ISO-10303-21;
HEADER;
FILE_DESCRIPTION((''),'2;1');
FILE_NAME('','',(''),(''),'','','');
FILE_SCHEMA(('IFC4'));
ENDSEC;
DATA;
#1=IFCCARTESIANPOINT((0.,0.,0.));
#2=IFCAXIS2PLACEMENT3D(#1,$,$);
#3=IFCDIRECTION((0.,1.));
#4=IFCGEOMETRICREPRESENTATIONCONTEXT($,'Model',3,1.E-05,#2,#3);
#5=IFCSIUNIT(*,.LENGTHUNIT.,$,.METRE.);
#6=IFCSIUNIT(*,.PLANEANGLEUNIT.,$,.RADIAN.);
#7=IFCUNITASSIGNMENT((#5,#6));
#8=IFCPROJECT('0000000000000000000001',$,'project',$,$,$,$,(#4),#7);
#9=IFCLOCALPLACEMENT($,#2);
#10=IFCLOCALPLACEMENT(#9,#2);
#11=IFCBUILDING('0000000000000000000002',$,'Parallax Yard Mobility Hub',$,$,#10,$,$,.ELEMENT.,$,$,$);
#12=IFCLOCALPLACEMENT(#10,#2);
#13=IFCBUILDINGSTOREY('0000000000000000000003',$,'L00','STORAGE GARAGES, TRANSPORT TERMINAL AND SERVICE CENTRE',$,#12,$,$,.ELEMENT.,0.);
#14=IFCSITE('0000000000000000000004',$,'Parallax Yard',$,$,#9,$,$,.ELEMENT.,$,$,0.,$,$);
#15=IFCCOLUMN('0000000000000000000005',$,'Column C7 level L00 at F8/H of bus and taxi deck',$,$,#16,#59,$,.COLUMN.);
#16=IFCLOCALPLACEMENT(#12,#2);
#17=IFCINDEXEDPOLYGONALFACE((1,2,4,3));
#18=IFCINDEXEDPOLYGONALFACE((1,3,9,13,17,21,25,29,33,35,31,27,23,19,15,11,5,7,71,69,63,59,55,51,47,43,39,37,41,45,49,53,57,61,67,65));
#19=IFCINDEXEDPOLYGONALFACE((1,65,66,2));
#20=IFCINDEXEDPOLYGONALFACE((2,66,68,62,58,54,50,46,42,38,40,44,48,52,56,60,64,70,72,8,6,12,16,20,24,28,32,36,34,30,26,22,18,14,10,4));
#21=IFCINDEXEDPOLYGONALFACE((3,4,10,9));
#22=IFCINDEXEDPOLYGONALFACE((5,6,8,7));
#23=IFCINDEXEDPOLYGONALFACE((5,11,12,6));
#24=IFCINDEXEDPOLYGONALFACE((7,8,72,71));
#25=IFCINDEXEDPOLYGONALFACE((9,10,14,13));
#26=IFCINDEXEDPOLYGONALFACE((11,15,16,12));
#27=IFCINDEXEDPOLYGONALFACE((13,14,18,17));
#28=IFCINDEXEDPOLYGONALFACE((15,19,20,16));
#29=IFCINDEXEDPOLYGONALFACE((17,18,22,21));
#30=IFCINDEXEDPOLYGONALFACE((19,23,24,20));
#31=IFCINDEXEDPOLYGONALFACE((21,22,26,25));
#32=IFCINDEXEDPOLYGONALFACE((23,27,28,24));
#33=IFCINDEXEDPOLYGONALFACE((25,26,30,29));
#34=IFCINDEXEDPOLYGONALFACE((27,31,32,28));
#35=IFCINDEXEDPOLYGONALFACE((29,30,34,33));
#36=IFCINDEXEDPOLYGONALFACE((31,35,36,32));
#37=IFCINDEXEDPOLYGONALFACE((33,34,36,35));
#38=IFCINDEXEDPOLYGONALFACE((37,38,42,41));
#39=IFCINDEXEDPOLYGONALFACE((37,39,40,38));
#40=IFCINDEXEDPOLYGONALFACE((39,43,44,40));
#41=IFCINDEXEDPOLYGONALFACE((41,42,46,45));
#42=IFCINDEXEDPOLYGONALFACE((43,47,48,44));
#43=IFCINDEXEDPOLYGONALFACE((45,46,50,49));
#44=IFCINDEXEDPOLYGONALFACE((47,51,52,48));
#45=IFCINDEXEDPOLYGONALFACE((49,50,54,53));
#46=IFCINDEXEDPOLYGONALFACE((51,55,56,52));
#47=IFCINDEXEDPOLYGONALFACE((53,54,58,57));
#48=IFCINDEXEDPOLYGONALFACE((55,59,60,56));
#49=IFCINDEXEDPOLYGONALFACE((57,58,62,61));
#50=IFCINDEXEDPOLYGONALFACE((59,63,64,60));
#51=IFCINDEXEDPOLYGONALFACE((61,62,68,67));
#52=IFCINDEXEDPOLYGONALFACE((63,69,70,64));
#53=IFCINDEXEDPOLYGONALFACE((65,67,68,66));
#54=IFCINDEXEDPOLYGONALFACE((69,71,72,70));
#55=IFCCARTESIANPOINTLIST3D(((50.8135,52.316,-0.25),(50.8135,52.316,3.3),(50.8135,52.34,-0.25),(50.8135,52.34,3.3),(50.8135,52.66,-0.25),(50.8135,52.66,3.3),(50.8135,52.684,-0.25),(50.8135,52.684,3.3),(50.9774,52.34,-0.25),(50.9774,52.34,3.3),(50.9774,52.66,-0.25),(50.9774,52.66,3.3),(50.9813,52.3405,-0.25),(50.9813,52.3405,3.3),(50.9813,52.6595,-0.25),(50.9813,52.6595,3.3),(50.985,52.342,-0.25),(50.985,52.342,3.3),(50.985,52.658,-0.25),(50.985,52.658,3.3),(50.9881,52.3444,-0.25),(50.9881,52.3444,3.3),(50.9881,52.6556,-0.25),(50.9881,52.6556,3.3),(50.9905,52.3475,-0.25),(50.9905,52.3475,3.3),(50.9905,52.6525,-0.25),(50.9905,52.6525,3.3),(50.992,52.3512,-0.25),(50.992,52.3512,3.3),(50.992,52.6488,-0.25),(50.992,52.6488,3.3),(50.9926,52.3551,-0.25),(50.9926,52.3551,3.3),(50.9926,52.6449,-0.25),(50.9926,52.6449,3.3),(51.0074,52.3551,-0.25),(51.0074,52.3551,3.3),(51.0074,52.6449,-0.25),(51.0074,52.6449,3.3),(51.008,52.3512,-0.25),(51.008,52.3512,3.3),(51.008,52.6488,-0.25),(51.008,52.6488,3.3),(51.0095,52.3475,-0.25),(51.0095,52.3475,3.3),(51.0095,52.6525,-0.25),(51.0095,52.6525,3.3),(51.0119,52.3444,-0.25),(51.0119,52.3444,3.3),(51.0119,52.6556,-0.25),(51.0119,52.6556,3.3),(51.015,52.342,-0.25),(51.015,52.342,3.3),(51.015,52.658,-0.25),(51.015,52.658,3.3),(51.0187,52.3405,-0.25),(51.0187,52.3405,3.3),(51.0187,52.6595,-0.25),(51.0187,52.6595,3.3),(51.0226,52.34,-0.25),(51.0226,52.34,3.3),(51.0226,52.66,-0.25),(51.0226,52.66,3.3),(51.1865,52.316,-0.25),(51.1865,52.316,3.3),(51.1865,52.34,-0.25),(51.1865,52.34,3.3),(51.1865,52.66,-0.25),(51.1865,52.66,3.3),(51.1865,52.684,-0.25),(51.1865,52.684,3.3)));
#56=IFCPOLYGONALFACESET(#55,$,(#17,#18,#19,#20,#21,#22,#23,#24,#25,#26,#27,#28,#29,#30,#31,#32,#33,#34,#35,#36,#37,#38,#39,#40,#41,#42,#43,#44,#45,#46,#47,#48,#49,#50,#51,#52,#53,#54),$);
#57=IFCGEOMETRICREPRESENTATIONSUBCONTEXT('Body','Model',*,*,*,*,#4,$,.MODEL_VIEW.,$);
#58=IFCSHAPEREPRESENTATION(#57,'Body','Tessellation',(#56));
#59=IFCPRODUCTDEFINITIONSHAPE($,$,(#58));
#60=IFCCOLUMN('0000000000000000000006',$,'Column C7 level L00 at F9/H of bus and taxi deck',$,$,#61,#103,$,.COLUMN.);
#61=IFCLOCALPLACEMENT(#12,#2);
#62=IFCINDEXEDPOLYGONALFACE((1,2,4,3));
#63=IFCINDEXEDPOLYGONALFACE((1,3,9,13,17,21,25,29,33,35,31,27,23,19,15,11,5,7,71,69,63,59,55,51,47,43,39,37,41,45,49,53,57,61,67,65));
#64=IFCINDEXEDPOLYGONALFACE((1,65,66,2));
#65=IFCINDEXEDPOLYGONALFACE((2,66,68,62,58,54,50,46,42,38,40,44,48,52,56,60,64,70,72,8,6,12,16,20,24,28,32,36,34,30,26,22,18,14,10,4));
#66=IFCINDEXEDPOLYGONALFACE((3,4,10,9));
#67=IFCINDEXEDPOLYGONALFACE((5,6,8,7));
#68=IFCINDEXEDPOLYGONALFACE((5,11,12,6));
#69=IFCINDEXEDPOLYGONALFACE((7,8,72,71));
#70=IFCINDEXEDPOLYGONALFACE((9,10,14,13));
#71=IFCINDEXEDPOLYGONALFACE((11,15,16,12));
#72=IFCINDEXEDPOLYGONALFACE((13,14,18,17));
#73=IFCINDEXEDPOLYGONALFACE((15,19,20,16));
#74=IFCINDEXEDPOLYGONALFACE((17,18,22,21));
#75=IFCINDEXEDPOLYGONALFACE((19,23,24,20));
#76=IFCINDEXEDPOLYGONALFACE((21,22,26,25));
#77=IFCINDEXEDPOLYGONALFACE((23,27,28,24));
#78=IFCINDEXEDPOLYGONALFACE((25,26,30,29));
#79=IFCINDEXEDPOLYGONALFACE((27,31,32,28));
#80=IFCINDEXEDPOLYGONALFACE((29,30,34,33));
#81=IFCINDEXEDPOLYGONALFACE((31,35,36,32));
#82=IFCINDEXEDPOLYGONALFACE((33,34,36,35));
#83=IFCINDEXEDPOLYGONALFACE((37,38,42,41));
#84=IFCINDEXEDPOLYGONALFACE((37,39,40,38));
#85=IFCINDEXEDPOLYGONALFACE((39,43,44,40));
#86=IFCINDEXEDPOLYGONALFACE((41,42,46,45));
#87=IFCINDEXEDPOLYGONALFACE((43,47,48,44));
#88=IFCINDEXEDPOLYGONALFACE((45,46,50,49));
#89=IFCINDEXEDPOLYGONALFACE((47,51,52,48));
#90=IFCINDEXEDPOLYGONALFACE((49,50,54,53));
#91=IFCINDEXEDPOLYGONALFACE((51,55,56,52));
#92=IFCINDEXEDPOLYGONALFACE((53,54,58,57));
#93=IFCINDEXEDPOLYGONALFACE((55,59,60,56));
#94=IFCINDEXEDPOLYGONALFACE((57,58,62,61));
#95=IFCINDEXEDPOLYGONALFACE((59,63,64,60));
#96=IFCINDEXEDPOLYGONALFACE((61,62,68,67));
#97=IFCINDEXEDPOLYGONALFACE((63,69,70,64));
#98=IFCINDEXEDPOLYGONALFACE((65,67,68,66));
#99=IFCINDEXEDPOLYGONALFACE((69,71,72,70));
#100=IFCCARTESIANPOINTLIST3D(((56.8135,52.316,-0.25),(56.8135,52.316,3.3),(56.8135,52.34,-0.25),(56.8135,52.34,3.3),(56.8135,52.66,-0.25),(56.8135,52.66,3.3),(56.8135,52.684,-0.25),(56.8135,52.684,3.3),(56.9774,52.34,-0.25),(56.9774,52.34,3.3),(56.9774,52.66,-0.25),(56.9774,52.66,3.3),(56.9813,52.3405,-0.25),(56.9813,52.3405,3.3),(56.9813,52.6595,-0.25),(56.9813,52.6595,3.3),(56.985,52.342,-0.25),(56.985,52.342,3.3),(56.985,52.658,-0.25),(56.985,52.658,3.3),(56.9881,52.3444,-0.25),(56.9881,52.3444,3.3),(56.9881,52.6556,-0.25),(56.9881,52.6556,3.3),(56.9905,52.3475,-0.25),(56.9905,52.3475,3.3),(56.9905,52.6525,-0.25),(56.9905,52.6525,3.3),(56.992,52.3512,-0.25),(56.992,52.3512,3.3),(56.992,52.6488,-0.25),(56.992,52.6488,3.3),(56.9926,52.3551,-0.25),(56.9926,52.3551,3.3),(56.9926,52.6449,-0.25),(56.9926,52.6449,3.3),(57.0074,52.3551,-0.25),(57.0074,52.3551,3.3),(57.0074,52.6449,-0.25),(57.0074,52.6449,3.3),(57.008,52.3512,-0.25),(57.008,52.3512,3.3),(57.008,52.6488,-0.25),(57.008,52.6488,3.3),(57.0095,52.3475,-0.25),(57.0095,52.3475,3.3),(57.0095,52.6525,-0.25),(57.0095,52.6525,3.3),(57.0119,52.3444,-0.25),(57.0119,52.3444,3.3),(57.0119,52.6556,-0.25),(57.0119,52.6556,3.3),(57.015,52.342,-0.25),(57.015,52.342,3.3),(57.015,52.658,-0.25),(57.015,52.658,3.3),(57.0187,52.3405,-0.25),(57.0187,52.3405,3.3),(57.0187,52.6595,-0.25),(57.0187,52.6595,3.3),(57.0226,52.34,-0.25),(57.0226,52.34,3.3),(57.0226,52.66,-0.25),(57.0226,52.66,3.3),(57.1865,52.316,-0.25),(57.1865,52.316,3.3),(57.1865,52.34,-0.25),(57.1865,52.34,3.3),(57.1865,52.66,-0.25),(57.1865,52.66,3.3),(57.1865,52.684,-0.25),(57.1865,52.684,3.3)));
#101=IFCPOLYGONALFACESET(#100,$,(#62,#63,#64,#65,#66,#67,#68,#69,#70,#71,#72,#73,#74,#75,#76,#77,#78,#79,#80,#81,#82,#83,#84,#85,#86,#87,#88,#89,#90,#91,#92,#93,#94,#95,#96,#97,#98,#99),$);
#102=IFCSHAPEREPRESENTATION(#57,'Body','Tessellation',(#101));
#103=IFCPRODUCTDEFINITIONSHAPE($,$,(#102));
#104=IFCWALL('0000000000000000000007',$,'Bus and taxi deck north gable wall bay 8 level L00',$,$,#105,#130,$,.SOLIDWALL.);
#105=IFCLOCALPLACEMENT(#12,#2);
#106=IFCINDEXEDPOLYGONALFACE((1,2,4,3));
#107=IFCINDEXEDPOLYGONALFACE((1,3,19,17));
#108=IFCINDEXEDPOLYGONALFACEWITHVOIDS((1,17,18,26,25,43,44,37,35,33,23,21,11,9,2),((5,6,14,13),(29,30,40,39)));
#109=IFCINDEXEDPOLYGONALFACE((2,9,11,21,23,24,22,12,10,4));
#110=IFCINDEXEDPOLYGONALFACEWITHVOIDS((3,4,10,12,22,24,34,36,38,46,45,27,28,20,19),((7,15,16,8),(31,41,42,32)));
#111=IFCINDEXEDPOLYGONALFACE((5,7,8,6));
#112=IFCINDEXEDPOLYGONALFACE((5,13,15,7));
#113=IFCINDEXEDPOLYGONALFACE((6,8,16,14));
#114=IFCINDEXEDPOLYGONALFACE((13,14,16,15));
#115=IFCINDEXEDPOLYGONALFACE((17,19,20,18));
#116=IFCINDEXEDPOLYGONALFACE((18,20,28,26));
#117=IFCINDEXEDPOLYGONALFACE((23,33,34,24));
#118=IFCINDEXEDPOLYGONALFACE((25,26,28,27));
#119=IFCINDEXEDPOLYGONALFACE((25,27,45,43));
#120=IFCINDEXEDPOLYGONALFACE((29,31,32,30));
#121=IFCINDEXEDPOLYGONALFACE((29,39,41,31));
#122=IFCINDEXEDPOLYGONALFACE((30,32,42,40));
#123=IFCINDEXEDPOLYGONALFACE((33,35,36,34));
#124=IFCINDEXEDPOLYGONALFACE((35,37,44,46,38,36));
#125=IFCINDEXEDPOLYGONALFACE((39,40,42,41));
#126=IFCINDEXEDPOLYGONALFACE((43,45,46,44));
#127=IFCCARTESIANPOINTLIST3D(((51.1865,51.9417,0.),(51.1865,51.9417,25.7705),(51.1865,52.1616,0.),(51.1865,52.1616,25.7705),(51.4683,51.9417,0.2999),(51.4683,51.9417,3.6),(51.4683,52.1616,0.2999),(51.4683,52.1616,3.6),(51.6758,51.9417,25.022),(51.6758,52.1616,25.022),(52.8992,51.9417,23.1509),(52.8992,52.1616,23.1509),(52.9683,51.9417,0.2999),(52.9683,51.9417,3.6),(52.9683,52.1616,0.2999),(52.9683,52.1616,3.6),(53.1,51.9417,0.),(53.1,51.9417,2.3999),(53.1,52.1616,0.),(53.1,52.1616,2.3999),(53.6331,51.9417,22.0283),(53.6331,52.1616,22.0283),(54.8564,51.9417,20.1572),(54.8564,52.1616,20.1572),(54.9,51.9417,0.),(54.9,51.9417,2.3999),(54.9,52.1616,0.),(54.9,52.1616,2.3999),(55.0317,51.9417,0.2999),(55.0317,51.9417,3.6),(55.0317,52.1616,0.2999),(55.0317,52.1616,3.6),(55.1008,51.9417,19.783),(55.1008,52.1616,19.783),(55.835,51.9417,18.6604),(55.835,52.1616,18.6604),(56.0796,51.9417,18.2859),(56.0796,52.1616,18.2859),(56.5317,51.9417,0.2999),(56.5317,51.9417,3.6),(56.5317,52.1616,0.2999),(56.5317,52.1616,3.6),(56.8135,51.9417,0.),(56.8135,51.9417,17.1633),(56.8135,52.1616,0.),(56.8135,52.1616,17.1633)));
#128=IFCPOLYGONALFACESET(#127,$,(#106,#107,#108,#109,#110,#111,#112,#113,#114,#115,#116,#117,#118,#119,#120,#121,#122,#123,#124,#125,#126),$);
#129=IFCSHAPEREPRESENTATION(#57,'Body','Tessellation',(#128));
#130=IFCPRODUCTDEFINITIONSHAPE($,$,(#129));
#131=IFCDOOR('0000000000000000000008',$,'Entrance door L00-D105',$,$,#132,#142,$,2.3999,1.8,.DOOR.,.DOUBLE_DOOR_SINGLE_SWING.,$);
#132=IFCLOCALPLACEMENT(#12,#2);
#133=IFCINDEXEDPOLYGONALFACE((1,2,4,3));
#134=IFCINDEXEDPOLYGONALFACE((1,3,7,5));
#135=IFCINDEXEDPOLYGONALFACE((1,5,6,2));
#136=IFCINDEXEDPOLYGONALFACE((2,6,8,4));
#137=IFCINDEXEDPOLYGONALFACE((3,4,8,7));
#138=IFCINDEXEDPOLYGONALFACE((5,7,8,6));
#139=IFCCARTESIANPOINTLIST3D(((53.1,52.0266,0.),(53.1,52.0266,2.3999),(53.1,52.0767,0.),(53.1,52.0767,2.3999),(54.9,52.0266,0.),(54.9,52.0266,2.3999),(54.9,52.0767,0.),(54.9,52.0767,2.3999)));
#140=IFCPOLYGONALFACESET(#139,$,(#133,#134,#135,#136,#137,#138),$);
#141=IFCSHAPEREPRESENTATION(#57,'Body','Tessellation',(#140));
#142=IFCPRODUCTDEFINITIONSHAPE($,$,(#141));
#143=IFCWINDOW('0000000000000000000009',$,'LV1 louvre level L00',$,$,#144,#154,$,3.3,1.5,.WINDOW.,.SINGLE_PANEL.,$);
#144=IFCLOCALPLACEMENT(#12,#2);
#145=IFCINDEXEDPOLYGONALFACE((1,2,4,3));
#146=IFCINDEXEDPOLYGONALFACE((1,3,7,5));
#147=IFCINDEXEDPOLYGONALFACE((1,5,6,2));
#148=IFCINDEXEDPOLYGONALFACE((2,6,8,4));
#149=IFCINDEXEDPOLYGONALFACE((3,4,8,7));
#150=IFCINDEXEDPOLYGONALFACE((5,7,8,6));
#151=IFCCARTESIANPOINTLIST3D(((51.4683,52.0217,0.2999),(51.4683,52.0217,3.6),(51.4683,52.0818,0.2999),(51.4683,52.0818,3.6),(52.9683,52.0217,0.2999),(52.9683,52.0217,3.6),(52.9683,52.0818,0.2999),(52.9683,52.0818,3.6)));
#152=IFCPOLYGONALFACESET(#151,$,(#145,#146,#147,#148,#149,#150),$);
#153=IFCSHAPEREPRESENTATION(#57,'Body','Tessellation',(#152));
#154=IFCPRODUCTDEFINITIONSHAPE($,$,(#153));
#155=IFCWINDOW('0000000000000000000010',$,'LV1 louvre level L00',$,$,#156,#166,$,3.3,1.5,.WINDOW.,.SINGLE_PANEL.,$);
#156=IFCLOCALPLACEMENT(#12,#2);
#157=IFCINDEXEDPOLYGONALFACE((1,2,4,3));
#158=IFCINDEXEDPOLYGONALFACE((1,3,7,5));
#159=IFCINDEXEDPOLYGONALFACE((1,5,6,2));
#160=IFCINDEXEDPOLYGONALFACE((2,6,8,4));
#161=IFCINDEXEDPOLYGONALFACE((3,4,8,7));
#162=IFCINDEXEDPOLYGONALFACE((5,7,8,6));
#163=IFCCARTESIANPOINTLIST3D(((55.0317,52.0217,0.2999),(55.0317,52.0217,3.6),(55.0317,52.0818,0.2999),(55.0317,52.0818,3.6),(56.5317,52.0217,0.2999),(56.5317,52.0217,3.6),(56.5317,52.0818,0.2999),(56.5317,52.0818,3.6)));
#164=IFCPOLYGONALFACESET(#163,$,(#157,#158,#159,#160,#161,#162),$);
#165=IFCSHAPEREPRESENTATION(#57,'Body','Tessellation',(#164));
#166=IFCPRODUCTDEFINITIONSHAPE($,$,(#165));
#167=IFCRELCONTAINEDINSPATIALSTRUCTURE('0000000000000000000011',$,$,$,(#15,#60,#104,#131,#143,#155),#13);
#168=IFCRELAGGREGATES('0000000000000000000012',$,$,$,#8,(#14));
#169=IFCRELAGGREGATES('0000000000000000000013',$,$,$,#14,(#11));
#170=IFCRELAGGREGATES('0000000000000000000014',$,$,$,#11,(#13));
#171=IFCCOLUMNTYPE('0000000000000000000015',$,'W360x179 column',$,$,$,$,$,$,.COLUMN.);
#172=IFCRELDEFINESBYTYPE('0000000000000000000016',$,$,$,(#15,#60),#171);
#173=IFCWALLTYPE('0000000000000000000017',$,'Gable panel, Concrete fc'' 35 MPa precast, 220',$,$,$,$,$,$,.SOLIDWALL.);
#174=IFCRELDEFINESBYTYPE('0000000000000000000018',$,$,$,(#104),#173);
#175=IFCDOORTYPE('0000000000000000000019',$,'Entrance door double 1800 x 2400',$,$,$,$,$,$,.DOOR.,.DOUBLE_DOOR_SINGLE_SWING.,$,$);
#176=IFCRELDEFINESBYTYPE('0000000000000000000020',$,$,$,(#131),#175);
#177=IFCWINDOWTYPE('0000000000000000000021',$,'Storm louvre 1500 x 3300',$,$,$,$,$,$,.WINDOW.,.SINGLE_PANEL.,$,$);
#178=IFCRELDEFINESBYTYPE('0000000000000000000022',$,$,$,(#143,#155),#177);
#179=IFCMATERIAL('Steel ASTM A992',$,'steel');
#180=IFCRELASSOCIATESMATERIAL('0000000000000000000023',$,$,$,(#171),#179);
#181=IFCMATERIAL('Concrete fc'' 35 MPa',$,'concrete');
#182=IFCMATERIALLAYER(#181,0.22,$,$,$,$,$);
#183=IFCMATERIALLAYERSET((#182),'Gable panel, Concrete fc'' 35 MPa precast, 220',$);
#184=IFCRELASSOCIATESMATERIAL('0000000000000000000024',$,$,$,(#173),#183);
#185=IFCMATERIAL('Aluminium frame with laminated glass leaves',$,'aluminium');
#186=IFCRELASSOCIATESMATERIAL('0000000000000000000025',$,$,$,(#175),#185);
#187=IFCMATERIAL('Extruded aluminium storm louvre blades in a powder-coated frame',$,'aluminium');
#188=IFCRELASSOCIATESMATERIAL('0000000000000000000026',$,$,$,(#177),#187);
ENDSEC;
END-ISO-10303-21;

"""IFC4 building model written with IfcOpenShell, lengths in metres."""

from ifc_helpers import new_model, si_unit, direction, frame, frame_2d, origin, origin_2d, place, context, subcontext, project, spatial, polyline, rectangle, i_section, outline, extrude, material, layer, layer_set, material_profile, profile_set, type_object, element, fill, save


model = new_model("IFC4")

# Units and contexts
model_context = context("Model", 3, precision=1e-05, world=origin(), true_north=direction((0.0, 1.0)))
body_context = subcontext(model_context, "Body", "Model", "MODEL_VIEW")
ifc_project = project(units=[si_unit("LENGTHUNIT", "METRE"), si_unit("PLANEANGLEUNIT", "RADIAN")], contexts=[model_context])

# Site, building, storey
site_placement = place(None, origin())
site = spatial("IfcSite", under=ifc_project, at=site_placement, Name="Parallax Yard", CompositionType="ELEMENT", RefElevation=0.0)
building_placement = place(site_placement, origin())
building = spatial("IfcBuilding", under=site, at=building_placement, Name="Parallax Yard Mobility Hub", CompositionType="ELEMENT")
storey_placement = place(building_placement, origin())
storey = spatial("IfcBuildingStorey", under=building, at=storey_placement, Name="L00", Description="STORAGE GARAGES, TRANSPORT TERMINAL AND SERVICE CENTRE", CompositionType="ELEMENT", Elevation=0.0)

# Columns
ifc_material_1 = material(Name="Steel ASTM A992", Category="steel")
ifc_material_profile_1 = material_profile(ifc_material_1, i_section(OverallWidth=0.373, OverallDepth=0.3679, WebThickness=0.0149, FlangeThickness=0.0239, FilletRadius=0.0151, at=origin_2d()), Name="W360x179")
ifc_profile_set_1 = profile_set([ifc_material_profile_1], Name="Steel ASTM A992")
column_type = type_object("IfcColumnType", Name="W360x179 column", PredefinedType="COLUMN", material=ifc_profile_set_1)
for number, where, z_axis, x_axis, name in (
    (1, (51.0, 52.5, -0.25), (0.0, 0.0, 1.0), (1.0, 0.0, 0.0), "Column C7 level L00 at F8/H of bus and taxi deck"),
    (2, (57.0, 52.5, -0.25), (0.0, 0.0, 1.0), (1.0, 0.0, 0.0), "Column C7 level L00 at F9/H of bus and taxi deck"),
):
    element("IfcColumn", number, at=place(storey_placement, frame(where, z_axis=z_axis, x_axis=x_axis)), inside=storey, type_object=column_type, Name=name, PredefinedType="COLUMN", context=body_context, shape_type="SweptSolid", body=[
        extrude(i_section(OverallWidth=0.373, OverallDepth=0.3679, WebThickness=0.0149, FlangeThickness=0.0239, FilletRadius=0.0151, at=origin_2d()), origin(), (0.0, 0.0, 1.0), 3.55),
    ])

# Wall, openings, door, windows
ifc_material_2 = material(Name="Concrete fc' 35 MPa", Category="concrete")
ifc_layer = layer(ifc_material_2, 0.22)
ifc_layer_set = layer_set([ifc_layer], Name="Gable panel, Concrete fc' 35 MPa precast, 220")
wall_type = type_object("IfcWallType", Name="Gable panel, Concrete fc' 35 MPa precast, 220", PredefinedType="SOLIDWALL", material=ifc_layer_set)
wall_1_placement = place(storey_placement, frame((51.1865, 52.0518, 0.0), z_axis=(0.0, 0.0, 1.0), x_axis=(1.0, 0.0, 0.0)))
wall_1 = element("IfcWall", 3, at=wall_1_placement, inside=storey, type_object=wall_type, Name="Bus and taxi deck north gable wall bay 8 level L00", PredefinedType="SOLIDWALL", context=body_context, shape_type="SweptSolid", body=[
    extrude(outline(polyline([(0.0, 0.0), (5.627, 0.0), (5.627, 17.1633), (4.8931, 18.2859), (4.6484, 18.6604), (3.9143, 19.783), (3.6699, 20.1572), (2.6912, 21.6541), (2.4465, 22.0283), (1.7126, 23.1509), (1.468, 23.5251), (0.4893, 25.022), (0.2446, 25.3962), (0.0, 25.7705), (0.0, 0.0)])), frame((0.0, 0.1099, 0.0), z_axis=(0.0, -1.0, 0.0), x_axis=(1.0, 0.0, 0.0)), (0.0, 0.0, 1.0), 0.22),
])
opening_1_placement = place(wall_1_placement, frame((1.9136, 0.0, 0.0)))
opening_1 = element("IfcOpeningElement", 4, at=opening_1_placement, cuts=wall_1, PredefinedType="OPENING", context=body_context, shape_type="SweptSolid", body=[
    extrude(rectangle(XDim=1.8, YDim=2.3999, at=frame_2d((0.8999, 1.2))), frame((0.0, 0.1201, 0.0), z_axis=(0.0, -1.0, 0.0), x_axis=(1.0, 0.0, 0.0)), (0.0, 0.0, 1.0), 0.24),
])
opening_2_placement = place(wall_1_placement, frame((0.2817, 0.0, 0.3)))
opening_2 = element("IfcOpeningElement", 5, at=opening_2_placement, cuts=wall_1, PredefinedType="OPENING", context=body_context, shape_type="SweptSolid", body=[
    extrude(rectangle(XDim=1.5, YDim=3.3, at=frame_2d((0.75, 1.6499))), frame((0.0, 0.1201, 0.0), z_axis=(0.0, -1.0, 0.0), x_axis=(1.0, 0.0, 0.0)), (0.0, 0.0, 1.0), 0.24),
])
opening_3_placement = place(wall_1_placement, frame((3.8452, 0.0, 0.3)))
opening_3 = element("IfcOpeningElement", 6, at=opening_3_placement, cuts=wall_1, PredefinedType="OPENING", context=body_context, shape_type="SweptSolid", body=[
    extrude(rectangle(XDim=1.5, YDim=3.3, at=frame_2d((0.75, 1.6499))), frame((0.0, 0.1201, 0.0), z_axis=(0.0, -1.0, 0.0), x_axis=(1.0, 0.0, 0.0)), (0.0, 0.0, 1.0), 0.24),
])
ifc_material_3 = material(Name="Aluminium frame with laminated glass leaves", Category="aluminium")
door_type = type_object("IfcDoorType", Name="Entrance door double 1800 x 2400", OperationType="DOUBLE_DOOR_SINGLE_SWING", PredefinedType="DOOR", material=ifc_material_3)
door_placement = place(opening_1_placement, origin())
door = element("IfcDoor", 7, at=door_placement, inside=storey, type_object=door_type, Name="Entrance door L00-D105", OperationType="DOUBLE_DOOR_SINGLE_SWING", OverallHeight=2.3999, OverallWidth=1.8, PredefinedType="DOOR", context=body_context, shape_type="SweptSolid", body=[
    extrude(rectangle(XDim=1.8, YDim=2.3999, at=frame_2d((0.8999, 1.2))), frame((0.0, 0.0249, 0.0), z_axis=(0.0, -1.0, 0.0), x_axis=(1.0, 0.0, 0.0)), (0.0, 0.0, 1.0), 0.05),
])
fill(opening_1, door)
ifc_material_4 = material(Name="Extruded aluminium storm louvre blades in a powder-coated frame", Category="aluminium")
window_type_1 = type_object("IfcWindowType", Name="Storm louvre 1500 x 3300", PartitioningType="SINGLE_PANEL", PredefinedType="WINDOW", material=ifc_material_4)
window_1_placement = place(opening_2_placement, origin())
window_1 = element("IfcWindow", 8, at=window_1_placement, inside=storey, type_object=window_type_1, Name="LV1 louvre level L00", OverallHeight=3.3, OverallWidth=1.5, PartitioningType="SINGLE_PANEL", PredefinedType="WINDOW", context=body_context, shape_type="SweptSolid", body=[
    extrude(rectangle(XDim=1.5, YDim=3.3, at=frame_2d((0.75, 1.6499))), frame((0.0, 0.03, 0.0), z_axis=(0.0, -1.0, 0.0), x_axis=(1.0, 0.0, 0.0)), (0.0, 0.0, 1.0), 0.0601),
])
fill(opening_2, window_1)
window_2_placement = place(opening_3_placement, origin())
window_2 = element("IfcWindow", 9, at=window_2_placement, inside=storey, type_object=window_type_1, Name="LV1 louvre level L00", OverallHeight=3.3, OverallWidth=1.5, PartitioningType="SINGLE_PANEL", PredefinedType="WINDOW", context=body_context, shape_type="SweptSolid", body=[
    extrude(rectangle(XDim=1.5, YDim=3.3, at=frame_2d((0.75, 1.6499))), frame((0.0, 0.03, 0.0), z_axis=(0.0, -1.0, 0.0), x_axis=(1.0, 0.0, 0.0)), (0.0, 0.0, 1.0), 0.0601),
])
fill(opening_3, window_2)

save(model, "model.ifc")
